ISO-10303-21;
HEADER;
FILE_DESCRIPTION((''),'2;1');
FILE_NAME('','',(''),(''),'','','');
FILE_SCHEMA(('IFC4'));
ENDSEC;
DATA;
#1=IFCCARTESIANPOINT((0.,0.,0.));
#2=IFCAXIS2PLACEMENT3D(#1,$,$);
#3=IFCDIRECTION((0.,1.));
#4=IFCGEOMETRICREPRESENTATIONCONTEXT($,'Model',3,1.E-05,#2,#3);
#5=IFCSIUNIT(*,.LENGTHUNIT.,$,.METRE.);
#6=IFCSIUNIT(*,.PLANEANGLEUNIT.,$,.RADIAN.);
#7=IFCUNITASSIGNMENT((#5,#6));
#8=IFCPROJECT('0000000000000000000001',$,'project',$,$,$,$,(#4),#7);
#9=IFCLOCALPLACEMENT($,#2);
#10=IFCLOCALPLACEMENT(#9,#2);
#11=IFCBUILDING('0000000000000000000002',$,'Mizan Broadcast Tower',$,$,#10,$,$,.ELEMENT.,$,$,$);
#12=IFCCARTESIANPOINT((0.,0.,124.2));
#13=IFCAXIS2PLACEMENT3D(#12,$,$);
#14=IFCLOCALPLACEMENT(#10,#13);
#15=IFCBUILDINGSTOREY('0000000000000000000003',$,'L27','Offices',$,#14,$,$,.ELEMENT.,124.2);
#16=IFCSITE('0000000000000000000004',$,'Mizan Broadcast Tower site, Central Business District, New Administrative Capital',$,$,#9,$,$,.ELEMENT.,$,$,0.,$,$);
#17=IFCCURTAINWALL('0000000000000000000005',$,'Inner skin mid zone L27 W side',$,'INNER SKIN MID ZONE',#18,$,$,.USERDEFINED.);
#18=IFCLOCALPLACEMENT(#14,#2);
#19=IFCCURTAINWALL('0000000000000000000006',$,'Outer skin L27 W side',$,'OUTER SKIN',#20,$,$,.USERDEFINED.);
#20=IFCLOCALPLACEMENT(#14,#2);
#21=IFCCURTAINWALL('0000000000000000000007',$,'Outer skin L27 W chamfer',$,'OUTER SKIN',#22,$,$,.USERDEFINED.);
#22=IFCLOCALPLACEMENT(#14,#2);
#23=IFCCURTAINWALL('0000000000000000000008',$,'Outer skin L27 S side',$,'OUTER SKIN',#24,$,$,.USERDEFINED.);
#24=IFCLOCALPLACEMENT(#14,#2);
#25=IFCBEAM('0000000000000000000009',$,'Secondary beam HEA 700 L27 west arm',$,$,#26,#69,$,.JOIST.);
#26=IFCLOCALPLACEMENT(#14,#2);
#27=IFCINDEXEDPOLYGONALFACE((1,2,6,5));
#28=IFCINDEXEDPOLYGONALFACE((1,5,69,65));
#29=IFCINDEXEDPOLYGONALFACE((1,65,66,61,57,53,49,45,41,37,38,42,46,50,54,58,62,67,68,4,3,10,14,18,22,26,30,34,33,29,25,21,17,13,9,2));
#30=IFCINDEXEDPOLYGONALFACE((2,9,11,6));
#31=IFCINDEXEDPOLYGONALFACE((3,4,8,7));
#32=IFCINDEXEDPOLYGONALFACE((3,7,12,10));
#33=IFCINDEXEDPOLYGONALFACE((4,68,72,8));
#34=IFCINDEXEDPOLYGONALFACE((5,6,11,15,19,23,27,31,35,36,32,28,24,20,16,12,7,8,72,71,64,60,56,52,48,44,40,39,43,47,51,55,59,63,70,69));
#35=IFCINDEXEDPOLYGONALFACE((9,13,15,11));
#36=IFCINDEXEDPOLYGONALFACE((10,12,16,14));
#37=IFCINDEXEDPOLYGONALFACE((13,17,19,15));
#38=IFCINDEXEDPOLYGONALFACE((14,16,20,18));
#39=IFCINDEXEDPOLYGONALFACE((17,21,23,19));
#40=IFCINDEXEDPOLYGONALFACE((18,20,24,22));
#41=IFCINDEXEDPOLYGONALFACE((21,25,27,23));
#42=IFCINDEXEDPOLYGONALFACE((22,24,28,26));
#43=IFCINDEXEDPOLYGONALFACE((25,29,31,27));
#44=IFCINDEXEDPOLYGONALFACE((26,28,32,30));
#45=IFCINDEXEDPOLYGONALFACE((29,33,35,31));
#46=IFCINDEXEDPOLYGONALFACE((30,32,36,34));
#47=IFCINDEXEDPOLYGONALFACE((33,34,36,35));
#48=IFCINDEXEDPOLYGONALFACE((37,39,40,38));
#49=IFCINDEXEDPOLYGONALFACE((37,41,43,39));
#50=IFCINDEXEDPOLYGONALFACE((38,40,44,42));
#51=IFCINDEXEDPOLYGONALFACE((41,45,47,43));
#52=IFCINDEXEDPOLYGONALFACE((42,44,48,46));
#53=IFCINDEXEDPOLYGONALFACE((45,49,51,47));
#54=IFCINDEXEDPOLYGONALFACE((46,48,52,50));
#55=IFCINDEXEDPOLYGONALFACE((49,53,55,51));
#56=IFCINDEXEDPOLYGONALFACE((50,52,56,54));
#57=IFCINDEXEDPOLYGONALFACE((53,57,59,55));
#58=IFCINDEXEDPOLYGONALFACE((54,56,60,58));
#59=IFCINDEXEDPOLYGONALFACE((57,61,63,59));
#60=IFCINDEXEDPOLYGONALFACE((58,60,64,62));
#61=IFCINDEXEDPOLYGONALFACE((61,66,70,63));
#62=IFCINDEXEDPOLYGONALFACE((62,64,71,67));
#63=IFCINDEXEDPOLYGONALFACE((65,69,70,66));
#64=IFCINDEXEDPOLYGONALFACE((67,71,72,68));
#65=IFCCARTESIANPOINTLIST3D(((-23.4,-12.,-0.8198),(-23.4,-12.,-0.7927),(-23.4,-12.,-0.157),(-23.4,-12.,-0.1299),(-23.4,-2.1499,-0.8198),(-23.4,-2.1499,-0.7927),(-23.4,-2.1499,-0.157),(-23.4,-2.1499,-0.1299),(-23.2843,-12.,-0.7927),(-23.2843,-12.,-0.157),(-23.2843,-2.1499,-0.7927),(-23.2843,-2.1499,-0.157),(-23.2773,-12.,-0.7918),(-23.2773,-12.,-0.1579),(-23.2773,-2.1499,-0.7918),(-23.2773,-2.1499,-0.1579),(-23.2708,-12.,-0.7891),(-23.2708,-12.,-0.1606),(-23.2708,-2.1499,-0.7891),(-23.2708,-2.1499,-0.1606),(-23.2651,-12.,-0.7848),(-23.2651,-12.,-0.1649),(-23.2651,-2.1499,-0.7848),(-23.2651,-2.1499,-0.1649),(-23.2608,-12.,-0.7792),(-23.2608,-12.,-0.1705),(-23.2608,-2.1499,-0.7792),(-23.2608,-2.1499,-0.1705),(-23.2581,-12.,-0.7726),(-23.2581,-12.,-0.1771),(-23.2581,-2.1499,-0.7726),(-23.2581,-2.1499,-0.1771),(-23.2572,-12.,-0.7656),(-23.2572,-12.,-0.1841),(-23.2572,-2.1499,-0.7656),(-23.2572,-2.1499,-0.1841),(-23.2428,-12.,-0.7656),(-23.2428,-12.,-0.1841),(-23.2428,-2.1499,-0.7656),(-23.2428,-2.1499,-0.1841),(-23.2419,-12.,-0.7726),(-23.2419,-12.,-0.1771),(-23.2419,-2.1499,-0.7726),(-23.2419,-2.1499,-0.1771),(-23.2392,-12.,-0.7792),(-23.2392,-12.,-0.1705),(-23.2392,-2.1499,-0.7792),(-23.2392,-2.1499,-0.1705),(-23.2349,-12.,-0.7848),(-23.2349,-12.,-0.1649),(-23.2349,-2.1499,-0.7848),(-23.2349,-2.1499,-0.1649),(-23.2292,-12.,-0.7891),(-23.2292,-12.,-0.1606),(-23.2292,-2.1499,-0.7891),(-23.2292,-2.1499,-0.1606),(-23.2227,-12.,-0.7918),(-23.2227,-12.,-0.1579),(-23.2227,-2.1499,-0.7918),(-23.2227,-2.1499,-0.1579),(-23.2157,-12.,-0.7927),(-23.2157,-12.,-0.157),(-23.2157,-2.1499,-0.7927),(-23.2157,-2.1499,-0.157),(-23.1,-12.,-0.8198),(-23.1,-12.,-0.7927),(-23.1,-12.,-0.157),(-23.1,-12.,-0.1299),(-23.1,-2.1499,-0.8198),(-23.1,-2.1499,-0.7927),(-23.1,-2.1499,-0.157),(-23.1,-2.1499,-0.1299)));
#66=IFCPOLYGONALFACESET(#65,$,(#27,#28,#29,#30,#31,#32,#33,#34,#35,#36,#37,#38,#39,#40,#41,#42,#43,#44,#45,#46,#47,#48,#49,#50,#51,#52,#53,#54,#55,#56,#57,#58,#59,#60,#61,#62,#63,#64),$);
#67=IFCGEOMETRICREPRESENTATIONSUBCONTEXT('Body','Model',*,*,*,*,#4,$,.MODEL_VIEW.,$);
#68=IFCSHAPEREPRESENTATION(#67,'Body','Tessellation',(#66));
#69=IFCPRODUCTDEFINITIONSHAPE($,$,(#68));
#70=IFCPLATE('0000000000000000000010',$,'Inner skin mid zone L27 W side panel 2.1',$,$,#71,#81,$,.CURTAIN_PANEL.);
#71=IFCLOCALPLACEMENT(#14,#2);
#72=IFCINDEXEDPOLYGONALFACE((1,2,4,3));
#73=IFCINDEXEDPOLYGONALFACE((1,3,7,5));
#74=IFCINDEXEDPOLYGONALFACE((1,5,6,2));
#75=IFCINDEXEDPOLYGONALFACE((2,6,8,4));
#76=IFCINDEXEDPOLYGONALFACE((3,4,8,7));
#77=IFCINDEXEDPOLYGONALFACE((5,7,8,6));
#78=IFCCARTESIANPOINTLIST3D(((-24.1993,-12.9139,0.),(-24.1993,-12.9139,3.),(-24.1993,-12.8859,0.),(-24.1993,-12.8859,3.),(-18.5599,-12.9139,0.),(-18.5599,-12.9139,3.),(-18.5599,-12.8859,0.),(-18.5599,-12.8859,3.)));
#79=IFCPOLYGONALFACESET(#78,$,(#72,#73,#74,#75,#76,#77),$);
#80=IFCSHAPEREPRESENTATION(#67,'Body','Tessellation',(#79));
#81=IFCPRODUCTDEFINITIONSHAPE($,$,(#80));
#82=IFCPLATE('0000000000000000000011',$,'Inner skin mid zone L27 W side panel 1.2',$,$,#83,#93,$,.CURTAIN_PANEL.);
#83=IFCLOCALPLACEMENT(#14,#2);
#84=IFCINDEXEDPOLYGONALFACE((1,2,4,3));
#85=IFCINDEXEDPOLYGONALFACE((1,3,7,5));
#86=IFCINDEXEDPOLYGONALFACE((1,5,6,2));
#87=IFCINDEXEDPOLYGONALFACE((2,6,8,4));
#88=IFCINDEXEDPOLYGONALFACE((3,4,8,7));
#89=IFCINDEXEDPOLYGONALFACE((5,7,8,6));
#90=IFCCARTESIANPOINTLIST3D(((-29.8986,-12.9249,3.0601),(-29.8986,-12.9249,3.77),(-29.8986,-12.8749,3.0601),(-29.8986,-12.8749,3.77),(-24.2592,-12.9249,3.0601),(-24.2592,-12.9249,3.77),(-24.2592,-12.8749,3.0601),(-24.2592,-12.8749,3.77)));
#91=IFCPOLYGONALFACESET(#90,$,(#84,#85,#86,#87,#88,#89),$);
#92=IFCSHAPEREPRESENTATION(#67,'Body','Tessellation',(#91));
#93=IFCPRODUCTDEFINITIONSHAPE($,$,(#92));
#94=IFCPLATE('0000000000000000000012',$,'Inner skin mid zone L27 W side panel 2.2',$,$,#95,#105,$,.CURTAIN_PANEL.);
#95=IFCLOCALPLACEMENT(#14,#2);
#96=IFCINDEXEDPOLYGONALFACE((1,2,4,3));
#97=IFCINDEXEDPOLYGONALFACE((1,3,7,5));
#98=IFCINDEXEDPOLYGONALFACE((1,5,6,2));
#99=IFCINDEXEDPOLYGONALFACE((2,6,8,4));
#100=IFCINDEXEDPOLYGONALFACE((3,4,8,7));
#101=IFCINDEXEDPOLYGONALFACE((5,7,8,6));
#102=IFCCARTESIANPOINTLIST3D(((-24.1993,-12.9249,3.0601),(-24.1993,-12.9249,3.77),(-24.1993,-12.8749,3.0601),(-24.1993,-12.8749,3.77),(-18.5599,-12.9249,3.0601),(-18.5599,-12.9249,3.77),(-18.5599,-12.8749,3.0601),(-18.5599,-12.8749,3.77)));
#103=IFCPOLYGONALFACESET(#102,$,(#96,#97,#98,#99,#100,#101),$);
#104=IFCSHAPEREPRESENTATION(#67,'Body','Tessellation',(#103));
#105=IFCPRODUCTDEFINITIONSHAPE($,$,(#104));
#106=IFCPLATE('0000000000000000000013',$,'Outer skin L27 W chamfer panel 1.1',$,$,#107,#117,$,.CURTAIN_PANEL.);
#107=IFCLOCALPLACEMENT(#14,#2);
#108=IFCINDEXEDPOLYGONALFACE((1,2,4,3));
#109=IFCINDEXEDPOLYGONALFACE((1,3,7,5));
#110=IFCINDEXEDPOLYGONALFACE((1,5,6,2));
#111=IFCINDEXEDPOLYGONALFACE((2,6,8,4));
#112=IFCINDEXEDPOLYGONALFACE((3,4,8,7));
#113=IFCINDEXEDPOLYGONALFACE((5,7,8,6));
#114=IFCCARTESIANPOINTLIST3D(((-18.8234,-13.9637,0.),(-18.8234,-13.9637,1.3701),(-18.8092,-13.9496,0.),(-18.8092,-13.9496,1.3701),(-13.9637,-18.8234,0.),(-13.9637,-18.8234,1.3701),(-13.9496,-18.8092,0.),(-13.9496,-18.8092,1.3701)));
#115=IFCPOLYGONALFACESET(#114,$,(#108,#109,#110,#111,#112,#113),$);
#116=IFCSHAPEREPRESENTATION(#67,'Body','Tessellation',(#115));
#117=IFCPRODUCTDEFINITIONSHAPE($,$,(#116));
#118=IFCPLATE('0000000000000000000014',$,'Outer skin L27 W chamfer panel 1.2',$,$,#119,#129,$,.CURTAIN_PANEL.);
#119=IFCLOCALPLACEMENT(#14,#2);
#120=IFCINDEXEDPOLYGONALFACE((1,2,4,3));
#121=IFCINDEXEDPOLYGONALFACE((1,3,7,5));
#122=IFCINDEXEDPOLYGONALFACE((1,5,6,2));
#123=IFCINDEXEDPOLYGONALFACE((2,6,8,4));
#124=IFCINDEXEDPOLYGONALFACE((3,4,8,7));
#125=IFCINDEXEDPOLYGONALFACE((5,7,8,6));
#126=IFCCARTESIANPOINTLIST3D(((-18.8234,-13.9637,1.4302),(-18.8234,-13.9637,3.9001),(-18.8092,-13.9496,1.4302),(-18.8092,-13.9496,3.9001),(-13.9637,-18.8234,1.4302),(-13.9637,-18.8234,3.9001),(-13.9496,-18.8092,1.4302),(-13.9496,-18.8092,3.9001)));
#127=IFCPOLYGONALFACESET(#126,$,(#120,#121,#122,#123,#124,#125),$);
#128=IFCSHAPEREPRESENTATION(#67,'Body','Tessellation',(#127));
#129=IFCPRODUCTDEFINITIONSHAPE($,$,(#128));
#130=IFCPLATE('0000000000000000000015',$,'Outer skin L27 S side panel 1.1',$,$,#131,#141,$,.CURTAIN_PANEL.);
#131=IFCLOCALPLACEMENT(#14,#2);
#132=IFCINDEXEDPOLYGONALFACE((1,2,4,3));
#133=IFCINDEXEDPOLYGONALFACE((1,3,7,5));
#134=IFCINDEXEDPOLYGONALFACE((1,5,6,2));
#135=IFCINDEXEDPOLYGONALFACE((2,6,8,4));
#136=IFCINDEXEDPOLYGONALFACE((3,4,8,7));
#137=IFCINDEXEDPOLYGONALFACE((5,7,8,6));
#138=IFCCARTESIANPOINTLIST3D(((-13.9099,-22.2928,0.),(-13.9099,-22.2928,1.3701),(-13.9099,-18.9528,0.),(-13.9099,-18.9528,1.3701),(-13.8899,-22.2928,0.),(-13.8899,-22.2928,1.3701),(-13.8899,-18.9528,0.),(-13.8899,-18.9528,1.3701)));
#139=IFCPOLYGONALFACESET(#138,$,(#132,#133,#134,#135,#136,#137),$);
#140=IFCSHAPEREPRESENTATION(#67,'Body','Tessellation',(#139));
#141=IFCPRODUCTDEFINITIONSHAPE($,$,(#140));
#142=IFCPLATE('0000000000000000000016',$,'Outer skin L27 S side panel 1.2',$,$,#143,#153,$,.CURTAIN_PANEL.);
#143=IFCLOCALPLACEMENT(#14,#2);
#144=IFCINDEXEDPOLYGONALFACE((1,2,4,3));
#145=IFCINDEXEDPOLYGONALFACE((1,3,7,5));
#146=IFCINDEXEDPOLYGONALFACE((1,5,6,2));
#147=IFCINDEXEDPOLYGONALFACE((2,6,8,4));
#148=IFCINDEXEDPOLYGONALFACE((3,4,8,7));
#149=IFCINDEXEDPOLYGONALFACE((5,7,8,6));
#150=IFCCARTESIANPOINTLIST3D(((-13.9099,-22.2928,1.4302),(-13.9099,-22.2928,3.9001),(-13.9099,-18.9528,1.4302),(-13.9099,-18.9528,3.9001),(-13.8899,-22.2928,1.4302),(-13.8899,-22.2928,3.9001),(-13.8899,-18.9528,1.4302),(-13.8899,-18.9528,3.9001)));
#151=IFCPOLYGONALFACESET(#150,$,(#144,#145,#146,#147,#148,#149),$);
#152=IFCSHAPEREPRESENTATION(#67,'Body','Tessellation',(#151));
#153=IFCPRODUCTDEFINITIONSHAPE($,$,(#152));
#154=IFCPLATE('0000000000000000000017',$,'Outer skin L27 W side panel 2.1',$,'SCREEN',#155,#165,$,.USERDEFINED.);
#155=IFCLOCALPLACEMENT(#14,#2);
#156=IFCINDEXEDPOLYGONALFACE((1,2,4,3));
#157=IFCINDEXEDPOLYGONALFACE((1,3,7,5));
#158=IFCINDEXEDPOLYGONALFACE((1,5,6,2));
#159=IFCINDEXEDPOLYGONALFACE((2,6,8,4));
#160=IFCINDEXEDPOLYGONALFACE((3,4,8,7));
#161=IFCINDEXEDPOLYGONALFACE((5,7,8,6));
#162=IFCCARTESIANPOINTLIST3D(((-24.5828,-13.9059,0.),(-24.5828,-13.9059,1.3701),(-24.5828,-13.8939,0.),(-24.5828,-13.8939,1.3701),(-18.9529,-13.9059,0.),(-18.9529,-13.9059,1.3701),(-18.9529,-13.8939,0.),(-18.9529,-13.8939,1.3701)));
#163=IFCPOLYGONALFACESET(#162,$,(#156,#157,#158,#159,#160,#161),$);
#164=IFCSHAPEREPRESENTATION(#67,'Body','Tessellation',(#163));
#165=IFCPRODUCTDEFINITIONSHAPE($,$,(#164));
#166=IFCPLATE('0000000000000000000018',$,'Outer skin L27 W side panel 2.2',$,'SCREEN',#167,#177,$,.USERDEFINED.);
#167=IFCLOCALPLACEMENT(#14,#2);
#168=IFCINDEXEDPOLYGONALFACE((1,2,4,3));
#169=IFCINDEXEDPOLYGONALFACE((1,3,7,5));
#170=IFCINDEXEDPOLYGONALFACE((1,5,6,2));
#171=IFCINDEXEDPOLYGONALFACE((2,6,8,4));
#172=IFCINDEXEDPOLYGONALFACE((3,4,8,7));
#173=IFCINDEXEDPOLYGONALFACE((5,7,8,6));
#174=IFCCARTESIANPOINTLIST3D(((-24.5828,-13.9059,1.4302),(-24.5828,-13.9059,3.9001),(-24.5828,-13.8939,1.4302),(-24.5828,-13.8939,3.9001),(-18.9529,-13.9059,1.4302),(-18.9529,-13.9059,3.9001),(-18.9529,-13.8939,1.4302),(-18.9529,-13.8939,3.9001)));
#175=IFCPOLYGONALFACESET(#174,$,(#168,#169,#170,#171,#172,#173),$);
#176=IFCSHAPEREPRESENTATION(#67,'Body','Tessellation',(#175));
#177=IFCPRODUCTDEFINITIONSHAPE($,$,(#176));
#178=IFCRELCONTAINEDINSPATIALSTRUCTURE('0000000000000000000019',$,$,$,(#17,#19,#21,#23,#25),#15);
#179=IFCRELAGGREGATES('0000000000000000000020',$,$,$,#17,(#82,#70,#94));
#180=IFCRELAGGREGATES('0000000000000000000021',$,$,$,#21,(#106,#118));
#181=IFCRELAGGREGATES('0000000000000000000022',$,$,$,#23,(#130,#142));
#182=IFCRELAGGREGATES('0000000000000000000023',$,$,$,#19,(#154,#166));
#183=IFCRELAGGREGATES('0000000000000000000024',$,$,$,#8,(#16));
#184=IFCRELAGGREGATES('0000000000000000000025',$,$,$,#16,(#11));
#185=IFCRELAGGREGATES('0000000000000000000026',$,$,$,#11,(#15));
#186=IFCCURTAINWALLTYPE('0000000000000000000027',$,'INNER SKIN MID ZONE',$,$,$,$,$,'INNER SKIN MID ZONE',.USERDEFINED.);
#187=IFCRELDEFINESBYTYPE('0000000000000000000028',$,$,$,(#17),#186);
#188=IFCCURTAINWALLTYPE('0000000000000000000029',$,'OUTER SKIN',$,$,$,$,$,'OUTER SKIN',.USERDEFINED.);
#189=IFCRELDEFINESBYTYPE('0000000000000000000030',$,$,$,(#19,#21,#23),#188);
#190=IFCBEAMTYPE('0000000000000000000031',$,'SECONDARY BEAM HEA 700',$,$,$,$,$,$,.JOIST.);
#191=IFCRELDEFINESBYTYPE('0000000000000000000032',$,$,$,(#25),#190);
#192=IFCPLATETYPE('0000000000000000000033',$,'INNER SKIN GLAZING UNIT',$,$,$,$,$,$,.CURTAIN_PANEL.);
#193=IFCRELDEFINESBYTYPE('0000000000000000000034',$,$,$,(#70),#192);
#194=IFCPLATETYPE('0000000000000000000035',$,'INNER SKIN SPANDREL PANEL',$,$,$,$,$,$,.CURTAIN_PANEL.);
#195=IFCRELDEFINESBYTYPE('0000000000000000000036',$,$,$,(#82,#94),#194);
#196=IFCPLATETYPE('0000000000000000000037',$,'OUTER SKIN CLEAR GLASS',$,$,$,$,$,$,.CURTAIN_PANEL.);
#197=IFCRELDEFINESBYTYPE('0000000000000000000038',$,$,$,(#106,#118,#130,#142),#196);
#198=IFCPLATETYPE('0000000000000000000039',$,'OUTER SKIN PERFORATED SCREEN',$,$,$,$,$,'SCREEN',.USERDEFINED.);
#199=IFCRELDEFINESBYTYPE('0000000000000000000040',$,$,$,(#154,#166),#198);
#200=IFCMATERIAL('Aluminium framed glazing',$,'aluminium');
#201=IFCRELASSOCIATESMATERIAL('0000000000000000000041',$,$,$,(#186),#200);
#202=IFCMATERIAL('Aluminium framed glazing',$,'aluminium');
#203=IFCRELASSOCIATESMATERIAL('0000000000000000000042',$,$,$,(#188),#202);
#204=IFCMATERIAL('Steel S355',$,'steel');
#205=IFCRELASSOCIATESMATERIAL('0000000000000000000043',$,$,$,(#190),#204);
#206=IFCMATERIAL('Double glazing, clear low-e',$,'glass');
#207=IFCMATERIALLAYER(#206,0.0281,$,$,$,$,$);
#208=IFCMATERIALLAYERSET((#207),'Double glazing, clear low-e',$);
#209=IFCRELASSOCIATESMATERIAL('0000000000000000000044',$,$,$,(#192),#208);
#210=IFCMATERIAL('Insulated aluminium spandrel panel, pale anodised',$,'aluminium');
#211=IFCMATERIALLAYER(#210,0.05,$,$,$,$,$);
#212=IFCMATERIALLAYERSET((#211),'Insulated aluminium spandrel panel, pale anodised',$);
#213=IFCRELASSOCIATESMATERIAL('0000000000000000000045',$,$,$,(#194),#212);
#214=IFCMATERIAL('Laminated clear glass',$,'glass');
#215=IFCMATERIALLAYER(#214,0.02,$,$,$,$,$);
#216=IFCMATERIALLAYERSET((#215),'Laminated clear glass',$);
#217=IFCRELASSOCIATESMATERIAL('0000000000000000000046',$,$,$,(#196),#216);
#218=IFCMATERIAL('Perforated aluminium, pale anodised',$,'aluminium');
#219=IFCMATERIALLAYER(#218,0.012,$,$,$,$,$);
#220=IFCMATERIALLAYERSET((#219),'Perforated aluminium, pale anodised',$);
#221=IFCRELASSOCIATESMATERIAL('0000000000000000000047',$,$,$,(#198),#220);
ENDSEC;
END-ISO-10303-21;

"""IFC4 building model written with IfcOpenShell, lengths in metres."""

from ifc_helpers import new_model, si_unit, direction, frame, origin, origin_2d, place, context, subcontext, project, spatial, rectangle, i_section, extrude, material, layer, layer_set, material_profile, profile_set, type_object, element, aggregate, save


model = new_model("IFC4")

# Units and contexts
model_context = context("Model", 3, precision=1e-05, world=origin(), true_north=direction((0.0, 1.0)))
body_context = subcontext(model_context, "Body", "Model", "MODEL_VIEW")
ifc_project = project(units=[si_unit("LENGTHUNIT", "METRE"), si_unit("PLANEANGLEUNIT", "RADIAN")], contexts=[model_context])

# Site, building, storey
site_placement = place(None, origin())
site = spatial("IfcSite", under=ifc_project, at=site_placement, Name="Mizan Broadcast Tower site, Central Business District, New Administrative Capital", CompositionType="ELEMENT", RefElevation=0.0)
building_placement = place(site_placement, origin())
building = spatial("IfcBuilding", under=site, at=building_placement, Name="Mizan Broadcast Tower", CompositionType="ELEMENT")
storey_placement = place(building_placement, frame((0.0, 0.0, 124.2)))
storey = spatial("IfcBuildingStorey", under=building, at=storey_placement, Name="L27", Description="Offices", CompositionType="ELEMENT", Elevation=124.2)

# Curtain walls
ifc_material_1 = material(Name="Aluminium framed glazing", Category="aluminium")
curtain_wall_type_1 = type_object("IfcCurtainWallType", Name="INNER SKIN MID ZONE", ElementType="INNER SKIN MID ZONE", PredefinedType="USERDEFINED", material=ifc_material_1)
curtain_wall_1_placement = place(storey_placement, origin())
curtain_wall_1 = element("IfcCurtainWall", 1, at=curtain_wall_1_placement, inside=storey, type_object=curtain_wall_type_1, Name="Inner skin mid zone L27 W side", ObjectType="INNER SKIN MID ZONE", PredefinedType="USERDEFINED")
ifc_material_2 = material(Name="Aluminium framed glazing", Category="aluminium")
curtain_wall_type_2 = type_object("IfcCurtainWallType", Name="OUTER SKIN", ElementType="OUTER SKIN", PredefinedType="USERDEFINED", material=ifc_material_2)
curtain_wall_2_placement = place(storey_placement, origin())
curtain_wall_2 = element("IfcCurtainWall", 2, at=curtain_wall_2_placement, inside=storey, type_object=curtain_wall_type_2, Name="Outer skin L27 W side", ObjectType="OUTER SKIN", PredefinedType="USERDEFINED")

# Curtain walls
curtain_wall_3_placement = place(storey_placement, origin())
curtain_wall_3 = element("IfcCurtainWall", 3, at=curtain_wall_3_placement, inside=storey, type_object=curtain_wall_type_2, Name="Outer skin L27 W chamfer", ObjectType="OUTER SKIN", PredefinedType="USERDEFINED")
curtain_wall_4_placement = place(storey_placement, origin())
curtain_wall_4 = element("IfcCurtainWall", 4, at=curtain_wall_4_placement, inside=storey, type_object=curtain_wall_type_2, Name="Outer skin L27 S side", ObjectType="OUTER SKIN", PredefinedType="USERDEFINED")

# Beam
ifc_material_3 = material(Name="Steel S355", Category="steel")
ifc_material_profile_1 = material_profile(ifc_material_3, i_section(OverallWidth=0.3, OverallDepth=0.6899, WebThickness=0.0144, FlangeThickness=0.0271, FilletRadius=0.0271, at=origin_2d()), Name="HEA 700")
ifc_profile_set_1 = profile_set([ifc_material_profile_1], Name="Steel S355")
beam_type_1 = type_object("IfcBeamType", Name="SECONDARY BEAM HEA 700", PredefinedType="JOIST", material=ifc_profile_set_1)
for number, where, z_axis, x_axis, name in (
    (5, (-23.25, -12.0, -0.4749), (0.0, 1.0, 0.0), (-1.0, 0.0, 0.0), "Secondary beam HEA 700 L27 west arm"),
):
    element("IfcBeam", number, at=place(storey_placement, frame(where, z_axis=z_axis, x_axis=x_axis)), inside=storey, type_object=beam_type_1, Name=name, PredefinedType="JOIST", context=body_context, shape_type="SweptSolid", body=[
        extrude(i_section(OverallWidth=0.3, OverallDepth=0.6899, WebThickness=0.0144, FlangeThickness=0.0271, FilletRadius=0.0271, at=origin_2d()), origin(), (0.0, 0.0, 1.0), 9.8501),
    ])

# Plates
ifc_material_4 = material(Name="Double glazing, clear low-e", Category="glass")
ifc_layer_1 = layer(ifc_material_4, 0.0281)
ifc_layer_set_1 = layer_set([ifc_layer_1], Name="Double glazing, clear low-e")
plate_type_1 = type_object("IfcPlateType", Name="INNER SKIN GLAZING UNIT", PredefinedType="CURTAIN_PANEL", material=ifc_layer_set_1)
plate_1_placement = place(storey_placement, frame((-21.3796, -12.8999, 0.0), z_axis=(0.0, 0.0, 1.0), x_axis=(1.0, 0.0, 0.0)))
plate_1 = element("IfcPlate", 6, at=plate_1_placement, type_object=plate_type_1, Name="Inner skin mid zone L27 W side panel 2.1", PredefinedType="CURTAIN_PANEL", context=body_context, shape_type="SweptSolid", body=[
    extrude(rectangle(XDim=5.6394, YDim=0.0281, at=origin_2d()), origin(), (0.0, 0.0, 1.0), 3.0),
])
ifc_material_5 = material(Name="Insulated aluminium spandrel panel, pale anodised", Category="aluminium")
ifc_layer_2 = layer(ifc_material_5, 0.05)
ifc_layer_set_2 = layer_set([ifc_layer_2], Name="Insulated aluminium spandrel panel, pale anodised")
plate_type_2 = type_object("IfcPlateType", Name="INNER SKIN SPANDREL PANEL", PredefinedType="CURTAIN_PANEL", material=ifc_layer_set_2)
plate_2_placement = place(storey_placement, frame((-27.0789, -12.8999, 3.0601), z_axis=(0.0, 0.0, 1.0), x_axis=(1.0, 0.0, 0.0)))
plate_2 = element("IfcPlate", 7, at=plate_2_placement, type_object=plate_type_2, Name="Inner skin mid zone L27 W side panel 1.2", PredefinedType="CURTAIN_PANEL", context=body_context, shape_type="SweptSolid", body=[
    extrude(rectangle(XDim=5.6394, YDim=0.05, at=origin_2d()), origin(), (0.0, 0.0, 1.0), 0.71),
])
plate_3_placement = place(storey_placement, frame((-21.3796, -12.8999, 3.0601), z_axis=(0.0, 0.0, 1.0), x_axis=(1.0, 0.0, 0.0)))
plate_3 = element("IfcPlate", 8, at=plate_3_placement, type_object=plate_type_2, Name="Inner skin mid zone L27 W side panel 2.2", PredefinedType="CURTAIN_PANEL", context=body_context, shape_type="SweptSolid", body=[
    extrude(rectangle(XDim=5.6394, YDim=0.05, at=origin_2d()), origin(), (0.0, 0.0, 1.0), 0.71),
])
aggregate(curtain_wall_1, [plate_2, plate_1, plate_3])
ifc_material_6 = material(Name="Laminated clear glass", Category="glass")
ifc_layer_3 = layer(ifc_material_6, 0.02)
ifc_layer_set_3 = layer_set([ifc_layer_3], Name="Laminated clear glass")
plate_type_3 = type_object("IfcPlateType", Name="OUTER SKIN CLEAR GLASS", PredefinedType="CURTAIN_PANEL", material=ifc_layer_set_3)
plate_4_placement = place(storey_placement, frame((-16.3865, -16.3865, 0.0), z_axis=(0.0, 0.0, 1.0), x_axis=(0.707107, -0.707107, 0.0)))
plate_4 = element("IfcPlate", 9, at=plate_4_placement, type_object=plate_type_3, Name="Outer skin L27 W chamfer panel 1.1", PredefinedType="CURTAIN_PANEL", context=body_context, shape_type="SweptSolid", body=[
    extrude(rectangle(XDim=6.8726, YDim=0.02, at=origin_2d()), origin(), (0.0, 0.0, 1.0), 1.3701),
])
plate_5_placement = place(storey_placement, frame((-16.3865, -16.3865, 1.4302), z_axis=(0.0, 0.0, 1.0), x_axis=(0.707107, -0.707107, 0.0)))
plate_5 = element("IfcPlate", 10, at=plate_5_placement, type_object=plate_type_3, Name="Outer skin L27 W chamfer panel 1.2", PredefinedType="CURTAIN_PANEL", context=body_context, shape_type="SweptSolid", body=[
    extrude(rectangle(XDim=6.8726, YDim=0.02, at=origin_2d()), origin(), (0.0, 0.0, 1.0), 2.47),
])
aggregate(curtain_wall_3, [plate_4, plate_5])
plate_6_placement = place(storey_placement, frame((-13.8999, -20.6228, 0.0), z_axis=(0.0, 0.0, 1.0), x_axis=(0.0, -1.0, 0.0)))
plate_6 = element("IfcPlate", 11, at=plate_6_placement, type_object=plate_type_3, Name="Outer skin L27 S side panel 1.1", PredefinedType="CURTAIN_PANEL", context=body_context, shape_type="SweptSolid", body=[
    extrude(rectangle(XDim=3.3401, YDim=0.02, at=origin_2d()), origin(), (0.0, 0.0, 1.0), 1.3701),
])
plate_7_placement = place(storey_placement, frame((-13.8999, -20.6228, 1.4302), z_axis=(0.0, 0.0, 1.0), x_axis=(0.0, -1.0, 0.0)))
plate_7 = element("IfcPlate", 12, at=plate_7_placement, type_object=plate_type_3, Name="Outer skin L27 S side panel 1.2", PredefinedType="CURTAIN_PANEL", context=body_context, shape_type="SweptSolid", body=[
    extrude(rectangle(XDim=3.3401, YDim=0.02, at=origin_2d()), origin(), (0.0, 0.0, 1.0), 2.47),
])
aggregate(curtain_wall_4, [plate_6, plate_7])
ifc_material_7 = material(Name="Perforated aluminium, pale anodised", Category="aluminium")
ifc_layer_4 = layer(ifc_material_7, 0.012)
ifc_layer_set_4 = layer_set([ifc_layer_4], Name="Perforated aluminium, pale anodised")
plate_type_4 = type_object("IfcPlateType", Name="OUTER SKIN PERFORATED SCREEN", ElementType="SCREEN", PredefinedType="USERDEFINED", material=ifc_layer_set_4)
plate_8_placement = place(storey_placement, frame((-21.7678, -13.8999, 0.0), z_axis=(0.0, 0.0, 1.0), x_axis=(1.0, 0.0, 0.0)))
plate_8 = element("IfcPlate", 13, at=plate_8_placement, type_object=plate_type_4, Name="Outer skin L27 W side panel 2.1", ObjectType="SCREEN", PredefinedType="USERDEFINED", context=body_context, shape_type="SweptSolid", body=[
    extrude(rectangle(XDim=5.6299, YDim=0.012, at=origin_2d()), origin(), (0.0, 0.0, 1.0), 1.3701),
])
plate_9_placement = place(storey_placement, frame((-21.7678, -13.8999, 1.4302), z_axis=(0.0, 0.0, 1.0), x_axis=(1.0, 0.0, 0.0)))
plate_9 = element("IfcPlate", 14, at=plate_9_placement, type_object=plate_type_4, Name="Outer skin L27 W side panel 2.2", ObjectType="SCREEN", PredefinedType="USERDEFINED", context=body_context, shape_type="SweptSolid", body=[
    extrude(rectangle(XDim=5.6299, YDim=0.012, at=origin_2d()), origin(), (0.0, 0.0, 1.0), 2.47),
])
aggregate(curtain_wall_2, [plate_8, plate_9])

save(model, "model.ifc")
